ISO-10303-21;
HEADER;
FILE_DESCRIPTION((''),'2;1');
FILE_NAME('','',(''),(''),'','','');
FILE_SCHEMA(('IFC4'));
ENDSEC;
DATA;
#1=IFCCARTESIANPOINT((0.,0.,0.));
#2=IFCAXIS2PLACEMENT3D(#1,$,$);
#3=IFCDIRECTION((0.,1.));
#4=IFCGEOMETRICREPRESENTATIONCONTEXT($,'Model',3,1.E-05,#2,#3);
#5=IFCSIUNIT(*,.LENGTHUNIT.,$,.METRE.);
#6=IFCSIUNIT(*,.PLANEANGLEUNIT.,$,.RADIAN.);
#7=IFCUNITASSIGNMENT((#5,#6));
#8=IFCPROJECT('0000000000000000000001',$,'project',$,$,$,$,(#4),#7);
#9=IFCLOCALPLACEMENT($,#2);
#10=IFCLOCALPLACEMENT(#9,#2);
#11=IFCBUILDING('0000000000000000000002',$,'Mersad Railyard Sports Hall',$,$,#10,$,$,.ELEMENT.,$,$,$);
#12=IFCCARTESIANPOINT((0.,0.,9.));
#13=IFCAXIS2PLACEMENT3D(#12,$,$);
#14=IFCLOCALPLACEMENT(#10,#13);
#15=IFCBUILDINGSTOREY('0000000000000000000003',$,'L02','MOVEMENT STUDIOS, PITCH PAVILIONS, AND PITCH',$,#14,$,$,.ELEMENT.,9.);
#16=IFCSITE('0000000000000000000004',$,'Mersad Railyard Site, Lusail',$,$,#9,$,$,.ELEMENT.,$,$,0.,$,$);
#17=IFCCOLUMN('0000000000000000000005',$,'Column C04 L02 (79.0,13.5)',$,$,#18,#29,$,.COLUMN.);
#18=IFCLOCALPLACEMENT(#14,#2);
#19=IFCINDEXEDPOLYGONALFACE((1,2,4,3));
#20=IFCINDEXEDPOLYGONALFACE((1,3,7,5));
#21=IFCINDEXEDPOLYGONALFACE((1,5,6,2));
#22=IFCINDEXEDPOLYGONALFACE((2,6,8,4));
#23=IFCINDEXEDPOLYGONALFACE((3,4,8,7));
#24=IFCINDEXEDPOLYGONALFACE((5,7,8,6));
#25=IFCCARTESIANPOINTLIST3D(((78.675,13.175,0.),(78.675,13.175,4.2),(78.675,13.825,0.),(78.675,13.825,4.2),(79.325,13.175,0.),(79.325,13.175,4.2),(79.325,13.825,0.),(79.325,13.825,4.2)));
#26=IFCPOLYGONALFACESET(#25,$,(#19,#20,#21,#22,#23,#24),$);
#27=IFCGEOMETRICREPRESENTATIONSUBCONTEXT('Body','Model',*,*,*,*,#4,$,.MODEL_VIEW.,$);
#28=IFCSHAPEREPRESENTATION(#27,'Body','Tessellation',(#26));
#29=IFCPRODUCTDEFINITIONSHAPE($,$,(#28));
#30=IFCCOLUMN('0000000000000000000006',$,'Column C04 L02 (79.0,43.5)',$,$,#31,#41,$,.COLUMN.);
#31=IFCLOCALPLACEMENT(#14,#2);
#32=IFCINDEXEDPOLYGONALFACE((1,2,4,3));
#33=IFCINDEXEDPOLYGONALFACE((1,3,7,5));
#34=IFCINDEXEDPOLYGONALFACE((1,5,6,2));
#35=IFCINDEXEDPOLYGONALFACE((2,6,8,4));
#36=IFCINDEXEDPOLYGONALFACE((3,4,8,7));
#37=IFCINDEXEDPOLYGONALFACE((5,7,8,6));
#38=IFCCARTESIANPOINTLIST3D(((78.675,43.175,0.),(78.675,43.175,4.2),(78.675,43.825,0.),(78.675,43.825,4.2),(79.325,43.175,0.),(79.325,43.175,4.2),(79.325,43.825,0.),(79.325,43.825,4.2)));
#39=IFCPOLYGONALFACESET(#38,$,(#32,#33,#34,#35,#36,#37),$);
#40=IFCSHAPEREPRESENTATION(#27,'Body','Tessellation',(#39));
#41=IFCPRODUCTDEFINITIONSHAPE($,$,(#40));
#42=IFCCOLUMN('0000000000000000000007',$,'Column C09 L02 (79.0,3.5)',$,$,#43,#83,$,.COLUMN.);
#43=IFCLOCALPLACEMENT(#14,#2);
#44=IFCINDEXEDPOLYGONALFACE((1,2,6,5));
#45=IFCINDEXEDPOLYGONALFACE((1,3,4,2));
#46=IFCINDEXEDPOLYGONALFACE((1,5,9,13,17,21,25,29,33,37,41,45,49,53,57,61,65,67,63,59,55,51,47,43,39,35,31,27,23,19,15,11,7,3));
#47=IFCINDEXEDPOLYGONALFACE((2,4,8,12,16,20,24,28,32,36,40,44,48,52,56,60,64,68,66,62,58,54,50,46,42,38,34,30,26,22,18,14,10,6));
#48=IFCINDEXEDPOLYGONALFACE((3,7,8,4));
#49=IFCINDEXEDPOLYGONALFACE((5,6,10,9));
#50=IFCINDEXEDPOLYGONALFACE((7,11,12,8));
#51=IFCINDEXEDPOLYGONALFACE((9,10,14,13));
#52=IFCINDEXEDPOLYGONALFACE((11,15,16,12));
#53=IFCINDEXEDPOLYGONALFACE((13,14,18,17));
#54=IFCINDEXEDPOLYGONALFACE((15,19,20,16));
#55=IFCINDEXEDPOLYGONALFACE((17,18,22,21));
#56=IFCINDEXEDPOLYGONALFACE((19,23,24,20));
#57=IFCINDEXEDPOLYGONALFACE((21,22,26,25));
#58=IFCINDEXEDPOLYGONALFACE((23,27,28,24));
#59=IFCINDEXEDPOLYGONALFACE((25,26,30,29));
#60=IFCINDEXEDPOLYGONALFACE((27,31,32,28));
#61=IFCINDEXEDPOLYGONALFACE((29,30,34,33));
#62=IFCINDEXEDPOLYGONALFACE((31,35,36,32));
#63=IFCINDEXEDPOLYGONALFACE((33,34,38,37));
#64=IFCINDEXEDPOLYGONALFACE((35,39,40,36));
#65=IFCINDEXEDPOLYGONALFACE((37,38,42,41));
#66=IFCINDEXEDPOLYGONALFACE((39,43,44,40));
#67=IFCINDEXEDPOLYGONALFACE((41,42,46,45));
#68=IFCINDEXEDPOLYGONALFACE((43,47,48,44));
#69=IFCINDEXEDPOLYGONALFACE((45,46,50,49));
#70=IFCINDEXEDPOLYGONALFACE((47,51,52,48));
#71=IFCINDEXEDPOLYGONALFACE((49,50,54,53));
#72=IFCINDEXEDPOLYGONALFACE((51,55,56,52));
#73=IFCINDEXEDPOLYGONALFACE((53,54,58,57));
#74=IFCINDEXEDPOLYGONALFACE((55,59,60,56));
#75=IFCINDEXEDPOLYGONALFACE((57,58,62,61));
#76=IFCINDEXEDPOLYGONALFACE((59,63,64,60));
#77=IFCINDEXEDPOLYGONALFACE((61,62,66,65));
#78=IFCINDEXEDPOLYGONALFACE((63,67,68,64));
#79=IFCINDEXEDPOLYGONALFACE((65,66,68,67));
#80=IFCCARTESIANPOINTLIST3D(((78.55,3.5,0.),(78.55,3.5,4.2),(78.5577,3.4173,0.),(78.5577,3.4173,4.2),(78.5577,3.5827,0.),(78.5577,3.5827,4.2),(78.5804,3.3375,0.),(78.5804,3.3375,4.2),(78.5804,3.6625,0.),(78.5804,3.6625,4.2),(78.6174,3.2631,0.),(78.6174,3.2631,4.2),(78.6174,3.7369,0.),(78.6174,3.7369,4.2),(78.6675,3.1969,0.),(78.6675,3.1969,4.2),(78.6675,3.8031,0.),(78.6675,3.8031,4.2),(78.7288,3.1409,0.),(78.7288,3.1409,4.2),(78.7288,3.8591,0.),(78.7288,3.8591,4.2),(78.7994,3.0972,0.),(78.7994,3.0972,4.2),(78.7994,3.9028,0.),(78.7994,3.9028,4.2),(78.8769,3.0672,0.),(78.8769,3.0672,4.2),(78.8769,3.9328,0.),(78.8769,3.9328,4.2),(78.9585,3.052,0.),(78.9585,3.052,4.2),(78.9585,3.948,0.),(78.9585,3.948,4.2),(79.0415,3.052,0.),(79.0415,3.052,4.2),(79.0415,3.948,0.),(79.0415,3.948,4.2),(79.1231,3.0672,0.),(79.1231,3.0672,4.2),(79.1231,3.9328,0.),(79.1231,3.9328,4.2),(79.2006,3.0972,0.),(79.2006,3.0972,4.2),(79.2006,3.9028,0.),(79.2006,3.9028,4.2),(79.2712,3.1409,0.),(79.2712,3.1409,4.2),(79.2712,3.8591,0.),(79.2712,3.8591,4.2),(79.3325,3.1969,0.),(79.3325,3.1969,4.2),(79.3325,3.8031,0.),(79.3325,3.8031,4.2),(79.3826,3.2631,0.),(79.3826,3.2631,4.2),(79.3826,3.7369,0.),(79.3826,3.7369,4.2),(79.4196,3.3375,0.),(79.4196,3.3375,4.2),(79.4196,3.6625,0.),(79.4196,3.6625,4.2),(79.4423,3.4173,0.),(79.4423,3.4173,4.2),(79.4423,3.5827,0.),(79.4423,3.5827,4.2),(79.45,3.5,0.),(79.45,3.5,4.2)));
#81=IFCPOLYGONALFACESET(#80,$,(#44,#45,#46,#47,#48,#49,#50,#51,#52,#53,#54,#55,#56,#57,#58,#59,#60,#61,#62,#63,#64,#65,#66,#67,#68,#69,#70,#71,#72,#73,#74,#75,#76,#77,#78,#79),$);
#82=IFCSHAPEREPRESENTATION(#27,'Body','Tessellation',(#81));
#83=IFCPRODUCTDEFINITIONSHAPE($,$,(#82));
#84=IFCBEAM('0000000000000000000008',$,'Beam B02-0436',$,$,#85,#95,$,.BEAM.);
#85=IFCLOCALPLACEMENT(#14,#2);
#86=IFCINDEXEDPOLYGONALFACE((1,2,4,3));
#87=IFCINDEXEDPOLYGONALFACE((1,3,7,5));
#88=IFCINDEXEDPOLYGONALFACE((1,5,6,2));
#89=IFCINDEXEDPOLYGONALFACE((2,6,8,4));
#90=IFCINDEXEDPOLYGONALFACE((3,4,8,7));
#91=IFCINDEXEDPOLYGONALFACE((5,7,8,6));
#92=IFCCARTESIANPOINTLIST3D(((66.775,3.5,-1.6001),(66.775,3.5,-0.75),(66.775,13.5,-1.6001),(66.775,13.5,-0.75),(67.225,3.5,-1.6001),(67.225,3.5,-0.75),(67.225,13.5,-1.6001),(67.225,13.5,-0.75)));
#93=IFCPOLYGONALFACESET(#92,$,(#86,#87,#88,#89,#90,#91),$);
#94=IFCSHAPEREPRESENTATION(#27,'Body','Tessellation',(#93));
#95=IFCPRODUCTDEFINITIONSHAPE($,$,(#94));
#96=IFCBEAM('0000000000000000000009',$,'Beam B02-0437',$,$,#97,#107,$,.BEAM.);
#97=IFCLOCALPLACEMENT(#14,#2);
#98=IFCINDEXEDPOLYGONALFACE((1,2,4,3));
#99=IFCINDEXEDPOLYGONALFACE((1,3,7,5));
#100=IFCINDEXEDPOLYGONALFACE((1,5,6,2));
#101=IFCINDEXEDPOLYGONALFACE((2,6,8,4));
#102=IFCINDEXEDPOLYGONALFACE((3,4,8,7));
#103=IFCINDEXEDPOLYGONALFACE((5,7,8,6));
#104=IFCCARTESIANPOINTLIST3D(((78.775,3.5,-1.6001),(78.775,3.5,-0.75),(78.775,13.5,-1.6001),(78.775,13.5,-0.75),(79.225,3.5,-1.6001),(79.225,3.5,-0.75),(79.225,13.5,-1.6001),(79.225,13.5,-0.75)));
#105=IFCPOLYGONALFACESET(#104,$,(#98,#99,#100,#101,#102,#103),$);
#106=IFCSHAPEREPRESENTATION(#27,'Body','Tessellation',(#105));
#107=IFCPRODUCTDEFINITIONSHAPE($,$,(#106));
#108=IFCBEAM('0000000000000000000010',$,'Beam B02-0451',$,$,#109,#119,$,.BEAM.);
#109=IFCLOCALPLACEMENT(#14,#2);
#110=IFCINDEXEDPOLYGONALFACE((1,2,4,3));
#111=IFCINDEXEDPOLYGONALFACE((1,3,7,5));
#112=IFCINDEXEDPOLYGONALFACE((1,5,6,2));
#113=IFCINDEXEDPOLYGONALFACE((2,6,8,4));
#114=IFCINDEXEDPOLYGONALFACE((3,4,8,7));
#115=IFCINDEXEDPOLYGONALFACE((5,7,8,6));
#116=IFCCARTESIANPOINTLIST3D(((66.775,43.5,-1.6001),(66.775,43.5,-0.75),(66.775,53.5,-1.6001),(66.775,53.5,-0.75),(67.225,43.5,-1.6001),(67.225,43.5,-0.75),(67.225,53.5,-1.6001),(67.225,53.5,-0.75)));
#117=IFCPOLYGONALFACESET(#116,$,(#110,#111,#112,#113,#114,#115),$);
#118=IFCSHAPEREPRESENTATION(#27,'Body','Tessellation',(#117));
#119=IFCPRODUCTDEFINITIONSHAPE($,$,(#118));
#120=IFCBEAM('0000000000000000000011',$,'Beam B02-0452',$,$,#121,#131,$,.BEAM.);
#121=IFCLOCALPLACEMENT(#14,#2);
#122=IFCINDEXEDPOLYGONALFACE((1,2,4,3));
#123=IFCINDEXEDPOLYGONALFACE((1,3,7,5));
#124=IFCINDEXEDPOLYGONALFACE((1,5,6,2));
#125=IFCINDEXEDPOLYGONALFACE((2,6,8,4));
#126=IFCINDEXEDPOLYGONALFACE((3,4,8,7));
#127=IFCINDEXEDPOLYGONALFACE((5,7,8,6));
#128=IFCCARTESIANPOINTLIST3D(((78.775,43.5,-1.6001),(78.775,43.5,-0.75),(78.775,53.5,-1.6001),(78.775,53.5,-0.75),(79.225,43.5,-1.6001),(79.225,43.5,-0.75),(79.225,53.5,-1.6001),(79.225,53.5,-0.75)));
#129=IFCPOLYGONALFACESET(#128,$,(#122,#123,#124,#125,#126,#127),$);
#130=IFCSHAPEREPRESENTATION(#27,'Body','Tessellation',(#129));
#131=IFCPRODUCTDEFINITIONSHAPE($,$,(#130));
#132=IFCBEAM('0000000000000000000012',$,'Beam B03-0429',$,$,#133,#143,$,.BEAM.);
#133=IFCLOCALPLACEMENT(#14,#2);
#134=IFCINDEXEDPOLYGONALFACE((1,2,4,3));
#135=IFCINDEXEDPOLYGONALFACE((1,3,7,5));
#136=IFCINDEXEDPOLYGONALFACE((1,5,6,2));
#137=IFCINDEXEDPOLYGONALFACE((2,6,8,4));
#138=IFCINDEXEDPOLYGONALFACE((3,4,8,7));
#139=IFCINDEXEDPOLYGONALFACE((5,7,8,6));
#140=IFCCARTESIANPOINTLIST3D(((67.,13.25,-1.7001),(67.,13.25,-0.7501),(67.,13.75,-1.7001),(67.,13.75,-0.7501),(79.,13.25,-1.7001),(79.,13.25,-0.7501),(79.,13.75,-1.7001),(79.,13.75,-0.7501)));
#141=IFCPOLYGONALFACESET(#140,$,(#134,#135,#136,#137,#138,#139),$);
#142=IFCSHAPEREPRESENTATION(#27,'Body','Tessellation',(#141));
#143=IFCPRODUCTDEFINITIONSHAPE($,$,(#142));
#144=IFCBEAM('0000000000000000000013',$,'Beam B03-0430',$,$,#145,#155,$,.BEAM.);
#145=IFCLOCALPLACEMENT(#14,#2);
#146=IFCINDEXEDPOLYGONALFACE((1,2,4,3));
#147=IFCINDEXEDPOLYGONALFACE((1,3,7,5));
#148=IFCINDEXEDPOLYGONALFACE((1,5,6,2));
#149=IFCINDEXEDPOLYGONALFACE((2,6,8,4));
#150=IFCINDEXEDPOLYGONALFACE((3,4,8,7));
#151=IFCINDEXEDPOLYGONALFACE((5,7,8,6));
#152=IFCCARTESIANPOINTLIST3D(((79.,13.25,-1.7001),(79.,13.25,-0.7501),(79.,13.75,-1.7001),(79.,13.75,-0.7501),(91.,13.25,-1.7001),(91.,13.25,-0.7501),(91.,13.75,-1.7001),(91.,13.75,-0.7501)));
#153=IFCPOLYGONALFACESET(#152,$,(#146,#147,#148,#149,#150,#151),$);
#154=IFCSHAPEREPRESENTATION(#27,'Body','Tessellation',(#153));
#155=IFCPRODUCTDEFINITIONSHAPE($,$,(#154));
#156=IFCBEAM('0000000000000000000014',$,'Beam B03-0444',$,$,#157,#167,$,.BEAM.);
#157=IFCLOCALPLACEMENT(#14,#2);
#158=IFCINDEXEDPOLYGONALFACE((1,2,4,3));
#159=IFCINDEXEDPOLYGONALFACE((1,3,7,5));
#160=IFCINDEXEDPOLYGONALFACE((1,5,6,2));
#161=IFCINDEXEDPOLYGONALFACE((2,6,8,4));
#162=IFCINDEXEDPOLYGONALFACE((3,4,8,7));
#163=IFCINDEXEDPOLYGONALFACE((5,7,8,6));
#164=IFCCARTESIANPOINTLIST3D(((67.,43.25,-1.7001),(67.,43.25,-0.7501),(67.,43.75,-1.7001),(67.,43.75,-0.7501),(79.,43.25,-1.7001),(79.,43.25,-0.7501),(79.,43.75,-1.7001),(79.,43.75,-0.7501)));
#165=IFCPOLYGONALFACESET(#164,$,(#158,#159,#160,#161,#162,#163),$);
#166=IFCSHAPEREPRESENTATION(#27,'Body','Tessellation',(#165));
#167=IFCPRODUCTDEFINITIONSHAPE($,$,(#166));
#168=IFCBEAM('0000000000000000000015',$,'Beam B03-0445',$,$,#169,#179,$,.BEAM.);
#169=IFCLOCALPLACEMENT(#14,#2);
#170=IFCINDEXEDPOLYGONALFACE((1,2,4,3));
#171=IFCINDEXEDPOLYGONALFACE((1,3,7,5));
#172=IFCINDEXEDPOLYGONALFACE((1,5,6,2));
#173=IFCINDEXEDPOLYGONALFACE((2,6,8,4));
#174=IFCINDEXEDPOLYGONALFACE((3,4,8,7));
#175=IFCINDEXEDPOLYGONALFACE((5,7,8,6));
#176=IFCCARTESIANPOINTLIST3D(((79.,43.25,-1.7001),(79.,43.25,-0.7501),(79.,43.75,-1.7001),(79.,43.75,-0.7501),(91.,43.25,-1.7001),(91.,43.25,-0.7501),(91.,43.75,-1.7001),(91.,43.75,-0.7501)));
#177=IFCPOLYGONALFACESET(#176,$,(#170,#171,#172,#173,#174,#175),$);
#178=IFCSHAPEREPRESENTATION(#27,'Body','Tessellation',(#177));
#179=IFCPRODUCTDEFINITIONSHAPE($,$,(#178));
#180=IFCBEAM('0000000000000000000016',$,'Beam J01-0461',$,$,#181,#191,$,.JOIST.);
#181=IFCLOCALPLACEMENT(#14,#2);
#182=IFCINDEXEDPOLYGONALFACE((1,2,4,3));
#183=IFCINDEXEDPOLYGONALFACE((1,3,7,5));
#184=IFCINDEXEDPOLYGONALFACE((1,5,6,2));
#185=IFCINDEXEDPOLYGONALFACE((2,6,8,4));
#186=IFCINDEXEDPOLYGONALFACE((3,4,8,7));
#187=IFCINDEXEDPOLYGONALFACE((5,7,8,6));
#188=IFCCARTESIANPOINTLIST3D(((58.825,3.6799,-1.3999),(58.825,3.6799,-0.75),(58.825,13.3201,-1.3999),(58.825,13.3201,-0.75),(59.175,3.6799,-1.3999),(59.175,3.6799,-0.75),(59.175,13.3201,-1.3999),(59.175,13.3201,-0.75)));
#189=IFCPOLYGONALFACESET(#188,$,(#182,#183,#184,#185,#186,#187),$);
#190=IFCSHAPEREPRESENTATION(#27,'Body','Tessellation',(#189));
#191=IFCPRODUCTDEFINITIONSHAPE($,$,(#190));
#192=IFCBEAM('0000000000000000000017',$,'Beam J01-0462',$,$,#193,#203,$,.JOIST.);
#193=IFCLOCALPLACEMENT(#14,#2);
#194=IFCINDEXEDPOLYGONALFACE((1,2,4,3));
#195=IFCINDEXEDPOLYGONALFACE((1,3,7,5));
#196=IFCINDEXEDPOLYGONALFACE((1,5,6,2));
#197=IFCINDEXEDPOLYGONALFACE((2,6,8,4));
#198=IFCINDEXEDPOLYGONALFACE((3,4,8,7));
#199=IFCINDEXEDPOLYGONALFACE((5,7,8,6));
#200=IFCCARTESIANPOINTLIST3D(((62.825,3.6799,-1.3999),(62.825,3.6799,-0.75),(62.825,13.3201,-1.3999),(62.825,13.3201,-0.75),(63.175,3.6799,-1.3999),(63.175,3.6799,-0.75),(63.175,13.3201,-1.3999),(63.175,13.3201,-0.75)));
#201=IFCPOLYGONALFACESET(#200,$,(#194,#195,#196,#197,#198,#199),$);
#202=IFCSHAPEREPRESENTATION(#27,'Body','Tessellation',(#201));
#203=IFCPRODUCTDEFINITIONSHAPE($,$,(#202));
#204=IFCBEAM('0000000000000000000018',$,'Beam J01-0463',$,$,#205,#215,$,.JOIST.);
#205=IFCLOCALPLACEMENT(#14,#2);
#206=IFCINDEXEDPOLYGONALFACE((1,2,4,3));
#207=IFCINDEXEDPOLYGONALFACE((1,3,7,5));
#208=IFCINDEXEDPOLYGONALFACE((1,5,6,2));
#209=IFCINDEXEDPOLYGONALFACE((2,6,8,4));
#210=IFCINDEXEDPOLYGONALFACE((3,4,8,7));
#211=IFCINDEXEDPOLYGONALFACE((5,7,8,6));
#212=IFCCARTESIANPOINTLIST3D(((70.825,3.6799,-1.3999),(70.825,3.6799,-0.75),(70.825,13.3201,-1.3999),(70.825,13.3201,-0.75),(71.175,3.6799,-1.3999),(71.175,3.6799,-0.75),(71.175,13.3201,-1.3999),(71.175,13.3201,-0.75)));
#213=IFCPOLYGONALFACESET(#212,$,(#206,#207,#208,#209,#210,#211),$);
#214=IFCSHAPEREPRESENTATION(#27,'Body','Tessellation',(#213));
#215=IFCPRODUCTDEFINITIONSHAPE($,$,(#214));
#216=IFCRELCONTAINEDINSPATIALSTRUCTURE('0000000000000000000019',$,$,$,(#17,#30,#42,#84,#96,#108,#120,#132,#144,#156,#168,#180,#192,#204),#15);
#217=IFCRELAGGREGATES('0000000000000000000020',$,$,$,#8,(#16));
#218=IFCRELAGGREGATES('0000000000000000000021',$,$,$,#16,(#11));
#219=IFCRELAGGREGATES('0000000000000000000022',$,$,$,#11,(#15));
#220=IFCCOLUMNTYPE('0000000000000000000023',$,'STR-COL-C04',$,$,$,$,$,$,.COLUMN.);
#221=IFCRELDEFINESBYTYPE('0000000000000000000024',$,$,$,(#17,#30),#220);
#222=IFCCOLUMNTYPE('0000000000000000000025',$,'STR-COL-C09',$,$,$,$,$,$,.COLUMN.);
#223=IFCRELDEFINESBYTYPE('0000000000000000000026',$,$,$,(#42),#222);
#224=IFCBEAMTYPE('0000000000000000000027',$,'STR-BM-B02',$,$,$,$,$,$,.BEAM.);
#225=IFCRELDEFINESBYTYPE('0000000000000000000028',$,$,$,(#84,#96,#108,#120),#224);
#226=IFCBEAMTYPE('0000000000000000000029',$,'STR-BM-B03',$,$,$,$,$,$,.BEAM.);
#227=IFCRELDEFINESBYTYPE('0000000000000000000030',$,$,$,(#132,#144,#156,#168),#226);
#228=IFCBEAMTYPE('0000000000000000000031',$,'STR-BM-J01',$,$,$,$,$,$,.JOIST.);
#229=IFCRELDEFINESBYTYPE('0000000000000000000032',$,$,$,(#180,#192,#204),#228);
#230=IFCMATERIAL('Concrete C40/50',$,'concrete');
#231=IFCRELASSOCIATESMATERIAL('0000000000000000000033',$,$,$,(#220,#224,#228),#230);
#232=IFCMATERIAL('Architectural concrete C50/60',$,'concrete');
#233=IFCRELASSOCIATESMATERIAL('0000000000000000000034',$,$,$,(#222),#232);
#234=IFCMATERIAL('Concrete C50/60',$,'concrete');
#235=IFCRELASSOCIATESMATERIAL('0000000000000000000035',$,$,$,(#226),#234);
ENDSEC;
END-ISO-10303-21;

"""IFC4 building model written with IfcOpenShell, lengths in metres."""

from ifc_helpers import new_model, si_unit, direction, frame, origin, origin_2d, place, context, subcontext, project, spatial, rectangle, circle, extrude, material, material_profile, profile_set, type_object, element, save


model = new_model("IFC4")

# Units and contexts
model_context = context("Model", 3, precision=1e-05, world=origin(), true_north=direction((0.0, 1.0)))
body_context = subcontext(model_context, "Body", "Model", "MODEL_VIEW")
ifc_project = project(units=[si_unit("LENGTHUNIT", "METRE"), si_unit("PLANEANGLEUNIT", "RADIAN")], contexts=[model_context])

# Site, building, storey
site_placement = place(None, origin())
site = spatial("IfcSite", under=ifc_project, at=site_placement, Name="Mersad Railyard Site, Lusail", CompositionType="ELEMENT", RefElevation=0.0)
building_placement = place(site_placement, origin())
building = spatial("IfcBuilding", under=site, at=building_placement, Name="Mersad Railyard Sports Hall", CompositionType="ELEMENT")
storey_placement = place(building_placement, frame((0.0, 0.0, 9.0)))
storey = spatial("IfcBuildingStorey", under=building, at=storey_placement, Name="L02", Description="MOVEMENT STUDIOS, PITCH PAVILIONS, AND PITCH", CompositionType="ELEMENT", Elevation=9.0)

# Columns
ifc_material_1 = material(Name="Concrete C40/50", Category="concrete")
ifc_material_profile_1 = material_profile(ifc_material_1, rectangle(XDim=0.6499, YDim=0.6499, at=origin_2d()), Name="RC 650x650")
ifc_profile_set_1 = profile_set([ifc_material_profile_1], Name="Concrete C40/50")
column_type_1 = type_object("IfcColumnType", Name="STR-COL-C04", PredefinedType="COLUMN", material=ifc_profile_set_1)
for number, where, z_axis, x_axis, name in (
    (1, (79.0, 13.5, 0.0), (0.0, 0.0, 1.0), (1.0, 0.0, 0.0), "Column C04 L02 (79.0,13.5)"),
    (2, (79.0, 43.5, 0.0), (0.0, 0.0, 1.0), (1.0, 0.0, 0.0), "Column C04 L02 (79.0,43.5)"),
):
    element("IfcColumn", number, at=place(storey_placement, frame(where, z_axis=z_axis, x_axis=x_axis)), inside=storey, type_object=column_type_1, Name=name, PredefinedType="COLUMN", context=body_context, shape_type="SweptSolid", body=[
        extrude(rectangle(XDim=0.6499, YDim=0.6499, at=origin_2d()), origin(), (0.0, 0.0, 1.0), 4.2),
    ])
ifc_material_2 = material(Name="Architectural concrete C50/60", Category="concrete")
ifc_material_profile_2 = material_profile(ifc_material_2, circle(Radius=0.45, at=origin_2d()), Name="RC D900")
ifc_profile_set_2 = profile_set([ifc_material_profile_2], Name="Architectural concrete C50/60")
column_type_2 = type_object("IfcColumnType", Name="STR-COL-C09", PredefinedType="COLUMN", material=ifc_profile_set_2)
column_placement = place(storey_placement, frame((79.0, 3.5, 0.0), z_axis=(0.0, 0.0, 1.0), x_axis=(1.0, 0.0, 0.0)))
element("IfcColumn", 3, at=column_placement, inside=storey, type_object=column_type_2, Name="Column C09 L02 (79.0,3.5)", PredefinedType="COLUMN", context=body_context, shape_type="SweptSolid", body=[
    extrude(circle(Radius=0.45, at=origin_2d()), origin(), (0.0, 0.0, 1.0), 4.2),
])

# Beams
ifc_material_profile_3 = material_profile(ifc_material_1, rectangle(XDim=0.45, YDim=0.8501, at=origin_2d()), Name="RC 450x850")
ifc_profile_set_3 = profile_set([ifc_material_profile_3], Name="Concrete C40/50")
beam_type_1 = type_object("IfcBeamType", Name="STR-BM-B02", PredefinedType="BEAM", material=ifc_profile_set_3)
for number, where, z_axis, x_axis, name in (
    (4, (67.0, 3.5, -1.175), (0.0, 1.0, 0.0), (-1.0, 0.0, 0.0), "Beam B02-0436"),
    (5, (79.0, 3.5, -1.175), (0.0, 1.0, 0.0), (-1.0, 0.0, 0.0), "Beam B02-0437"),
    (6, (67.0, 43.5, -1.175), (0.0, 1.0, 0.0), (-1.0, 0.0, 0.0), "Beam B02-0451"),
    (7, (79.0, 43.5, -1.175), (0.0, 1.0, 0.0), (-1.0, 0.0, 0.0), "Beam B02-0452"),
):
    element("IfcBeam", number, at=place(storey_placement, frame(where, z_axis=z_axis, x_axis=x_axis)), inside=storey, type_object=beam_type_1, Name=name, PredefinedType="BEAM", context=body_context, shape_type="SweptSolid", body=[
        extrude(rectangle(XDim=0.45, YDim=0.8501, at=origin_2d()), origin(), (0.0, 0.0, 1.0), 10.0),
    ])
ifc_material_3 = material(Name="Concrete C50/60", Category="concrete")
ifc_material_profile_4 = material_profile(ifc_material_3, rectangle(XDim=0.5, YDim=0.95, at=origin_2d()), Name="RC 500x950")
ifc_profile_set_4 = profile_set([ifc_material_profile_4], Name="Concrete C50/60")
beam_type_2 = type_object("IfcBeamType", Name="STR-BM-B03", PredefinedType="BEAM", material=ifc_profile_set_4)
for number, where, z_axis, x_axis, name in (
    (8, (67.0, 13.5, -1.2251), (1.0, 0.0, 0.0), (0.0, 1.0, 0.0), "Beam B03-0429"),
    (9, (79.0, 13.5, -1.2251), (1.0, 0.0, 0.0), (0.0, 1.0, 0.0), "Beam B03-0430"),
    (10, (67.0, 43.5, -1.2251), (1.0, 0.0, 0.0), (0.0, 1.0, 0.0), "Beam B03-0444"),
    (11, (79.0, 43.5, -1.2251), (1.0, 0.0, 0.0), (0.0, 1.0, 0.0), "Beam B03-0445"),
):
    element("IfcBeam", number, at=place(storey_placement, frame(where, z_axis=z_axis, x_axis=x_axis)), inside=storey, type_object=beam_type_2, Name=name, PredefinedType="BEAM", context=body_context, shape_type="SweptSolid", body=[
        extrude(rectangle(XDim=0.5, YDim=0.95, at=origin_2d()), origin(), (0.0, 0.0, 1.0), 12.0),
    ])
ifc_material_profile_5 = material_profile(ifc_material_1, rectangle(XDim=0.3501, YDim=0.6499, at=origin_2d()), Name="RC 350x650")
ifc_profile_set_5 = profile_set([ifc_material_profile_5], Name="Concrete C40/50")
beam_type_3 = type_object("IfcBeamType", Name="STR-BM-J01", PredefinedType="JOIST", material=ifc_profile_set_5)
for number, where, z_axis, x_axis, name in (
    (12, (59.0, 3.6799, -1.075), (0.0, 1.0, 0.0), (-1.0, 0.0, 0.0), "Beam J01-0461"),
    (13, (63.0, 3.6799, -1.075), (0.0, 1.0, 0.0), (-1.0, 0.0, 0.0), "Beam J01-0462"),
    (14, (71.0, 3.6799, -1.075), (0.0, 1.0, 0.0), (-1.0, 0.0, 0.0), "Beam J01-0463"),
):
    element("IfcBeam", number, at=place(storey_placement, frame(where, z_axis=z_axis, x_axis=x_axis)), inside=storey, type_object=beam_type_3, Name=name, PredefinedType="JOIST", context=body_context, shape_type="SweptSolid", body=[
        extrude(rectangle(XDim=0.3501, YDim=0.6499, at=origin_2d()), origin(), (0.0, 0.0, 1.0), 9.6401),
    ])

save(model, "model.ifc")
